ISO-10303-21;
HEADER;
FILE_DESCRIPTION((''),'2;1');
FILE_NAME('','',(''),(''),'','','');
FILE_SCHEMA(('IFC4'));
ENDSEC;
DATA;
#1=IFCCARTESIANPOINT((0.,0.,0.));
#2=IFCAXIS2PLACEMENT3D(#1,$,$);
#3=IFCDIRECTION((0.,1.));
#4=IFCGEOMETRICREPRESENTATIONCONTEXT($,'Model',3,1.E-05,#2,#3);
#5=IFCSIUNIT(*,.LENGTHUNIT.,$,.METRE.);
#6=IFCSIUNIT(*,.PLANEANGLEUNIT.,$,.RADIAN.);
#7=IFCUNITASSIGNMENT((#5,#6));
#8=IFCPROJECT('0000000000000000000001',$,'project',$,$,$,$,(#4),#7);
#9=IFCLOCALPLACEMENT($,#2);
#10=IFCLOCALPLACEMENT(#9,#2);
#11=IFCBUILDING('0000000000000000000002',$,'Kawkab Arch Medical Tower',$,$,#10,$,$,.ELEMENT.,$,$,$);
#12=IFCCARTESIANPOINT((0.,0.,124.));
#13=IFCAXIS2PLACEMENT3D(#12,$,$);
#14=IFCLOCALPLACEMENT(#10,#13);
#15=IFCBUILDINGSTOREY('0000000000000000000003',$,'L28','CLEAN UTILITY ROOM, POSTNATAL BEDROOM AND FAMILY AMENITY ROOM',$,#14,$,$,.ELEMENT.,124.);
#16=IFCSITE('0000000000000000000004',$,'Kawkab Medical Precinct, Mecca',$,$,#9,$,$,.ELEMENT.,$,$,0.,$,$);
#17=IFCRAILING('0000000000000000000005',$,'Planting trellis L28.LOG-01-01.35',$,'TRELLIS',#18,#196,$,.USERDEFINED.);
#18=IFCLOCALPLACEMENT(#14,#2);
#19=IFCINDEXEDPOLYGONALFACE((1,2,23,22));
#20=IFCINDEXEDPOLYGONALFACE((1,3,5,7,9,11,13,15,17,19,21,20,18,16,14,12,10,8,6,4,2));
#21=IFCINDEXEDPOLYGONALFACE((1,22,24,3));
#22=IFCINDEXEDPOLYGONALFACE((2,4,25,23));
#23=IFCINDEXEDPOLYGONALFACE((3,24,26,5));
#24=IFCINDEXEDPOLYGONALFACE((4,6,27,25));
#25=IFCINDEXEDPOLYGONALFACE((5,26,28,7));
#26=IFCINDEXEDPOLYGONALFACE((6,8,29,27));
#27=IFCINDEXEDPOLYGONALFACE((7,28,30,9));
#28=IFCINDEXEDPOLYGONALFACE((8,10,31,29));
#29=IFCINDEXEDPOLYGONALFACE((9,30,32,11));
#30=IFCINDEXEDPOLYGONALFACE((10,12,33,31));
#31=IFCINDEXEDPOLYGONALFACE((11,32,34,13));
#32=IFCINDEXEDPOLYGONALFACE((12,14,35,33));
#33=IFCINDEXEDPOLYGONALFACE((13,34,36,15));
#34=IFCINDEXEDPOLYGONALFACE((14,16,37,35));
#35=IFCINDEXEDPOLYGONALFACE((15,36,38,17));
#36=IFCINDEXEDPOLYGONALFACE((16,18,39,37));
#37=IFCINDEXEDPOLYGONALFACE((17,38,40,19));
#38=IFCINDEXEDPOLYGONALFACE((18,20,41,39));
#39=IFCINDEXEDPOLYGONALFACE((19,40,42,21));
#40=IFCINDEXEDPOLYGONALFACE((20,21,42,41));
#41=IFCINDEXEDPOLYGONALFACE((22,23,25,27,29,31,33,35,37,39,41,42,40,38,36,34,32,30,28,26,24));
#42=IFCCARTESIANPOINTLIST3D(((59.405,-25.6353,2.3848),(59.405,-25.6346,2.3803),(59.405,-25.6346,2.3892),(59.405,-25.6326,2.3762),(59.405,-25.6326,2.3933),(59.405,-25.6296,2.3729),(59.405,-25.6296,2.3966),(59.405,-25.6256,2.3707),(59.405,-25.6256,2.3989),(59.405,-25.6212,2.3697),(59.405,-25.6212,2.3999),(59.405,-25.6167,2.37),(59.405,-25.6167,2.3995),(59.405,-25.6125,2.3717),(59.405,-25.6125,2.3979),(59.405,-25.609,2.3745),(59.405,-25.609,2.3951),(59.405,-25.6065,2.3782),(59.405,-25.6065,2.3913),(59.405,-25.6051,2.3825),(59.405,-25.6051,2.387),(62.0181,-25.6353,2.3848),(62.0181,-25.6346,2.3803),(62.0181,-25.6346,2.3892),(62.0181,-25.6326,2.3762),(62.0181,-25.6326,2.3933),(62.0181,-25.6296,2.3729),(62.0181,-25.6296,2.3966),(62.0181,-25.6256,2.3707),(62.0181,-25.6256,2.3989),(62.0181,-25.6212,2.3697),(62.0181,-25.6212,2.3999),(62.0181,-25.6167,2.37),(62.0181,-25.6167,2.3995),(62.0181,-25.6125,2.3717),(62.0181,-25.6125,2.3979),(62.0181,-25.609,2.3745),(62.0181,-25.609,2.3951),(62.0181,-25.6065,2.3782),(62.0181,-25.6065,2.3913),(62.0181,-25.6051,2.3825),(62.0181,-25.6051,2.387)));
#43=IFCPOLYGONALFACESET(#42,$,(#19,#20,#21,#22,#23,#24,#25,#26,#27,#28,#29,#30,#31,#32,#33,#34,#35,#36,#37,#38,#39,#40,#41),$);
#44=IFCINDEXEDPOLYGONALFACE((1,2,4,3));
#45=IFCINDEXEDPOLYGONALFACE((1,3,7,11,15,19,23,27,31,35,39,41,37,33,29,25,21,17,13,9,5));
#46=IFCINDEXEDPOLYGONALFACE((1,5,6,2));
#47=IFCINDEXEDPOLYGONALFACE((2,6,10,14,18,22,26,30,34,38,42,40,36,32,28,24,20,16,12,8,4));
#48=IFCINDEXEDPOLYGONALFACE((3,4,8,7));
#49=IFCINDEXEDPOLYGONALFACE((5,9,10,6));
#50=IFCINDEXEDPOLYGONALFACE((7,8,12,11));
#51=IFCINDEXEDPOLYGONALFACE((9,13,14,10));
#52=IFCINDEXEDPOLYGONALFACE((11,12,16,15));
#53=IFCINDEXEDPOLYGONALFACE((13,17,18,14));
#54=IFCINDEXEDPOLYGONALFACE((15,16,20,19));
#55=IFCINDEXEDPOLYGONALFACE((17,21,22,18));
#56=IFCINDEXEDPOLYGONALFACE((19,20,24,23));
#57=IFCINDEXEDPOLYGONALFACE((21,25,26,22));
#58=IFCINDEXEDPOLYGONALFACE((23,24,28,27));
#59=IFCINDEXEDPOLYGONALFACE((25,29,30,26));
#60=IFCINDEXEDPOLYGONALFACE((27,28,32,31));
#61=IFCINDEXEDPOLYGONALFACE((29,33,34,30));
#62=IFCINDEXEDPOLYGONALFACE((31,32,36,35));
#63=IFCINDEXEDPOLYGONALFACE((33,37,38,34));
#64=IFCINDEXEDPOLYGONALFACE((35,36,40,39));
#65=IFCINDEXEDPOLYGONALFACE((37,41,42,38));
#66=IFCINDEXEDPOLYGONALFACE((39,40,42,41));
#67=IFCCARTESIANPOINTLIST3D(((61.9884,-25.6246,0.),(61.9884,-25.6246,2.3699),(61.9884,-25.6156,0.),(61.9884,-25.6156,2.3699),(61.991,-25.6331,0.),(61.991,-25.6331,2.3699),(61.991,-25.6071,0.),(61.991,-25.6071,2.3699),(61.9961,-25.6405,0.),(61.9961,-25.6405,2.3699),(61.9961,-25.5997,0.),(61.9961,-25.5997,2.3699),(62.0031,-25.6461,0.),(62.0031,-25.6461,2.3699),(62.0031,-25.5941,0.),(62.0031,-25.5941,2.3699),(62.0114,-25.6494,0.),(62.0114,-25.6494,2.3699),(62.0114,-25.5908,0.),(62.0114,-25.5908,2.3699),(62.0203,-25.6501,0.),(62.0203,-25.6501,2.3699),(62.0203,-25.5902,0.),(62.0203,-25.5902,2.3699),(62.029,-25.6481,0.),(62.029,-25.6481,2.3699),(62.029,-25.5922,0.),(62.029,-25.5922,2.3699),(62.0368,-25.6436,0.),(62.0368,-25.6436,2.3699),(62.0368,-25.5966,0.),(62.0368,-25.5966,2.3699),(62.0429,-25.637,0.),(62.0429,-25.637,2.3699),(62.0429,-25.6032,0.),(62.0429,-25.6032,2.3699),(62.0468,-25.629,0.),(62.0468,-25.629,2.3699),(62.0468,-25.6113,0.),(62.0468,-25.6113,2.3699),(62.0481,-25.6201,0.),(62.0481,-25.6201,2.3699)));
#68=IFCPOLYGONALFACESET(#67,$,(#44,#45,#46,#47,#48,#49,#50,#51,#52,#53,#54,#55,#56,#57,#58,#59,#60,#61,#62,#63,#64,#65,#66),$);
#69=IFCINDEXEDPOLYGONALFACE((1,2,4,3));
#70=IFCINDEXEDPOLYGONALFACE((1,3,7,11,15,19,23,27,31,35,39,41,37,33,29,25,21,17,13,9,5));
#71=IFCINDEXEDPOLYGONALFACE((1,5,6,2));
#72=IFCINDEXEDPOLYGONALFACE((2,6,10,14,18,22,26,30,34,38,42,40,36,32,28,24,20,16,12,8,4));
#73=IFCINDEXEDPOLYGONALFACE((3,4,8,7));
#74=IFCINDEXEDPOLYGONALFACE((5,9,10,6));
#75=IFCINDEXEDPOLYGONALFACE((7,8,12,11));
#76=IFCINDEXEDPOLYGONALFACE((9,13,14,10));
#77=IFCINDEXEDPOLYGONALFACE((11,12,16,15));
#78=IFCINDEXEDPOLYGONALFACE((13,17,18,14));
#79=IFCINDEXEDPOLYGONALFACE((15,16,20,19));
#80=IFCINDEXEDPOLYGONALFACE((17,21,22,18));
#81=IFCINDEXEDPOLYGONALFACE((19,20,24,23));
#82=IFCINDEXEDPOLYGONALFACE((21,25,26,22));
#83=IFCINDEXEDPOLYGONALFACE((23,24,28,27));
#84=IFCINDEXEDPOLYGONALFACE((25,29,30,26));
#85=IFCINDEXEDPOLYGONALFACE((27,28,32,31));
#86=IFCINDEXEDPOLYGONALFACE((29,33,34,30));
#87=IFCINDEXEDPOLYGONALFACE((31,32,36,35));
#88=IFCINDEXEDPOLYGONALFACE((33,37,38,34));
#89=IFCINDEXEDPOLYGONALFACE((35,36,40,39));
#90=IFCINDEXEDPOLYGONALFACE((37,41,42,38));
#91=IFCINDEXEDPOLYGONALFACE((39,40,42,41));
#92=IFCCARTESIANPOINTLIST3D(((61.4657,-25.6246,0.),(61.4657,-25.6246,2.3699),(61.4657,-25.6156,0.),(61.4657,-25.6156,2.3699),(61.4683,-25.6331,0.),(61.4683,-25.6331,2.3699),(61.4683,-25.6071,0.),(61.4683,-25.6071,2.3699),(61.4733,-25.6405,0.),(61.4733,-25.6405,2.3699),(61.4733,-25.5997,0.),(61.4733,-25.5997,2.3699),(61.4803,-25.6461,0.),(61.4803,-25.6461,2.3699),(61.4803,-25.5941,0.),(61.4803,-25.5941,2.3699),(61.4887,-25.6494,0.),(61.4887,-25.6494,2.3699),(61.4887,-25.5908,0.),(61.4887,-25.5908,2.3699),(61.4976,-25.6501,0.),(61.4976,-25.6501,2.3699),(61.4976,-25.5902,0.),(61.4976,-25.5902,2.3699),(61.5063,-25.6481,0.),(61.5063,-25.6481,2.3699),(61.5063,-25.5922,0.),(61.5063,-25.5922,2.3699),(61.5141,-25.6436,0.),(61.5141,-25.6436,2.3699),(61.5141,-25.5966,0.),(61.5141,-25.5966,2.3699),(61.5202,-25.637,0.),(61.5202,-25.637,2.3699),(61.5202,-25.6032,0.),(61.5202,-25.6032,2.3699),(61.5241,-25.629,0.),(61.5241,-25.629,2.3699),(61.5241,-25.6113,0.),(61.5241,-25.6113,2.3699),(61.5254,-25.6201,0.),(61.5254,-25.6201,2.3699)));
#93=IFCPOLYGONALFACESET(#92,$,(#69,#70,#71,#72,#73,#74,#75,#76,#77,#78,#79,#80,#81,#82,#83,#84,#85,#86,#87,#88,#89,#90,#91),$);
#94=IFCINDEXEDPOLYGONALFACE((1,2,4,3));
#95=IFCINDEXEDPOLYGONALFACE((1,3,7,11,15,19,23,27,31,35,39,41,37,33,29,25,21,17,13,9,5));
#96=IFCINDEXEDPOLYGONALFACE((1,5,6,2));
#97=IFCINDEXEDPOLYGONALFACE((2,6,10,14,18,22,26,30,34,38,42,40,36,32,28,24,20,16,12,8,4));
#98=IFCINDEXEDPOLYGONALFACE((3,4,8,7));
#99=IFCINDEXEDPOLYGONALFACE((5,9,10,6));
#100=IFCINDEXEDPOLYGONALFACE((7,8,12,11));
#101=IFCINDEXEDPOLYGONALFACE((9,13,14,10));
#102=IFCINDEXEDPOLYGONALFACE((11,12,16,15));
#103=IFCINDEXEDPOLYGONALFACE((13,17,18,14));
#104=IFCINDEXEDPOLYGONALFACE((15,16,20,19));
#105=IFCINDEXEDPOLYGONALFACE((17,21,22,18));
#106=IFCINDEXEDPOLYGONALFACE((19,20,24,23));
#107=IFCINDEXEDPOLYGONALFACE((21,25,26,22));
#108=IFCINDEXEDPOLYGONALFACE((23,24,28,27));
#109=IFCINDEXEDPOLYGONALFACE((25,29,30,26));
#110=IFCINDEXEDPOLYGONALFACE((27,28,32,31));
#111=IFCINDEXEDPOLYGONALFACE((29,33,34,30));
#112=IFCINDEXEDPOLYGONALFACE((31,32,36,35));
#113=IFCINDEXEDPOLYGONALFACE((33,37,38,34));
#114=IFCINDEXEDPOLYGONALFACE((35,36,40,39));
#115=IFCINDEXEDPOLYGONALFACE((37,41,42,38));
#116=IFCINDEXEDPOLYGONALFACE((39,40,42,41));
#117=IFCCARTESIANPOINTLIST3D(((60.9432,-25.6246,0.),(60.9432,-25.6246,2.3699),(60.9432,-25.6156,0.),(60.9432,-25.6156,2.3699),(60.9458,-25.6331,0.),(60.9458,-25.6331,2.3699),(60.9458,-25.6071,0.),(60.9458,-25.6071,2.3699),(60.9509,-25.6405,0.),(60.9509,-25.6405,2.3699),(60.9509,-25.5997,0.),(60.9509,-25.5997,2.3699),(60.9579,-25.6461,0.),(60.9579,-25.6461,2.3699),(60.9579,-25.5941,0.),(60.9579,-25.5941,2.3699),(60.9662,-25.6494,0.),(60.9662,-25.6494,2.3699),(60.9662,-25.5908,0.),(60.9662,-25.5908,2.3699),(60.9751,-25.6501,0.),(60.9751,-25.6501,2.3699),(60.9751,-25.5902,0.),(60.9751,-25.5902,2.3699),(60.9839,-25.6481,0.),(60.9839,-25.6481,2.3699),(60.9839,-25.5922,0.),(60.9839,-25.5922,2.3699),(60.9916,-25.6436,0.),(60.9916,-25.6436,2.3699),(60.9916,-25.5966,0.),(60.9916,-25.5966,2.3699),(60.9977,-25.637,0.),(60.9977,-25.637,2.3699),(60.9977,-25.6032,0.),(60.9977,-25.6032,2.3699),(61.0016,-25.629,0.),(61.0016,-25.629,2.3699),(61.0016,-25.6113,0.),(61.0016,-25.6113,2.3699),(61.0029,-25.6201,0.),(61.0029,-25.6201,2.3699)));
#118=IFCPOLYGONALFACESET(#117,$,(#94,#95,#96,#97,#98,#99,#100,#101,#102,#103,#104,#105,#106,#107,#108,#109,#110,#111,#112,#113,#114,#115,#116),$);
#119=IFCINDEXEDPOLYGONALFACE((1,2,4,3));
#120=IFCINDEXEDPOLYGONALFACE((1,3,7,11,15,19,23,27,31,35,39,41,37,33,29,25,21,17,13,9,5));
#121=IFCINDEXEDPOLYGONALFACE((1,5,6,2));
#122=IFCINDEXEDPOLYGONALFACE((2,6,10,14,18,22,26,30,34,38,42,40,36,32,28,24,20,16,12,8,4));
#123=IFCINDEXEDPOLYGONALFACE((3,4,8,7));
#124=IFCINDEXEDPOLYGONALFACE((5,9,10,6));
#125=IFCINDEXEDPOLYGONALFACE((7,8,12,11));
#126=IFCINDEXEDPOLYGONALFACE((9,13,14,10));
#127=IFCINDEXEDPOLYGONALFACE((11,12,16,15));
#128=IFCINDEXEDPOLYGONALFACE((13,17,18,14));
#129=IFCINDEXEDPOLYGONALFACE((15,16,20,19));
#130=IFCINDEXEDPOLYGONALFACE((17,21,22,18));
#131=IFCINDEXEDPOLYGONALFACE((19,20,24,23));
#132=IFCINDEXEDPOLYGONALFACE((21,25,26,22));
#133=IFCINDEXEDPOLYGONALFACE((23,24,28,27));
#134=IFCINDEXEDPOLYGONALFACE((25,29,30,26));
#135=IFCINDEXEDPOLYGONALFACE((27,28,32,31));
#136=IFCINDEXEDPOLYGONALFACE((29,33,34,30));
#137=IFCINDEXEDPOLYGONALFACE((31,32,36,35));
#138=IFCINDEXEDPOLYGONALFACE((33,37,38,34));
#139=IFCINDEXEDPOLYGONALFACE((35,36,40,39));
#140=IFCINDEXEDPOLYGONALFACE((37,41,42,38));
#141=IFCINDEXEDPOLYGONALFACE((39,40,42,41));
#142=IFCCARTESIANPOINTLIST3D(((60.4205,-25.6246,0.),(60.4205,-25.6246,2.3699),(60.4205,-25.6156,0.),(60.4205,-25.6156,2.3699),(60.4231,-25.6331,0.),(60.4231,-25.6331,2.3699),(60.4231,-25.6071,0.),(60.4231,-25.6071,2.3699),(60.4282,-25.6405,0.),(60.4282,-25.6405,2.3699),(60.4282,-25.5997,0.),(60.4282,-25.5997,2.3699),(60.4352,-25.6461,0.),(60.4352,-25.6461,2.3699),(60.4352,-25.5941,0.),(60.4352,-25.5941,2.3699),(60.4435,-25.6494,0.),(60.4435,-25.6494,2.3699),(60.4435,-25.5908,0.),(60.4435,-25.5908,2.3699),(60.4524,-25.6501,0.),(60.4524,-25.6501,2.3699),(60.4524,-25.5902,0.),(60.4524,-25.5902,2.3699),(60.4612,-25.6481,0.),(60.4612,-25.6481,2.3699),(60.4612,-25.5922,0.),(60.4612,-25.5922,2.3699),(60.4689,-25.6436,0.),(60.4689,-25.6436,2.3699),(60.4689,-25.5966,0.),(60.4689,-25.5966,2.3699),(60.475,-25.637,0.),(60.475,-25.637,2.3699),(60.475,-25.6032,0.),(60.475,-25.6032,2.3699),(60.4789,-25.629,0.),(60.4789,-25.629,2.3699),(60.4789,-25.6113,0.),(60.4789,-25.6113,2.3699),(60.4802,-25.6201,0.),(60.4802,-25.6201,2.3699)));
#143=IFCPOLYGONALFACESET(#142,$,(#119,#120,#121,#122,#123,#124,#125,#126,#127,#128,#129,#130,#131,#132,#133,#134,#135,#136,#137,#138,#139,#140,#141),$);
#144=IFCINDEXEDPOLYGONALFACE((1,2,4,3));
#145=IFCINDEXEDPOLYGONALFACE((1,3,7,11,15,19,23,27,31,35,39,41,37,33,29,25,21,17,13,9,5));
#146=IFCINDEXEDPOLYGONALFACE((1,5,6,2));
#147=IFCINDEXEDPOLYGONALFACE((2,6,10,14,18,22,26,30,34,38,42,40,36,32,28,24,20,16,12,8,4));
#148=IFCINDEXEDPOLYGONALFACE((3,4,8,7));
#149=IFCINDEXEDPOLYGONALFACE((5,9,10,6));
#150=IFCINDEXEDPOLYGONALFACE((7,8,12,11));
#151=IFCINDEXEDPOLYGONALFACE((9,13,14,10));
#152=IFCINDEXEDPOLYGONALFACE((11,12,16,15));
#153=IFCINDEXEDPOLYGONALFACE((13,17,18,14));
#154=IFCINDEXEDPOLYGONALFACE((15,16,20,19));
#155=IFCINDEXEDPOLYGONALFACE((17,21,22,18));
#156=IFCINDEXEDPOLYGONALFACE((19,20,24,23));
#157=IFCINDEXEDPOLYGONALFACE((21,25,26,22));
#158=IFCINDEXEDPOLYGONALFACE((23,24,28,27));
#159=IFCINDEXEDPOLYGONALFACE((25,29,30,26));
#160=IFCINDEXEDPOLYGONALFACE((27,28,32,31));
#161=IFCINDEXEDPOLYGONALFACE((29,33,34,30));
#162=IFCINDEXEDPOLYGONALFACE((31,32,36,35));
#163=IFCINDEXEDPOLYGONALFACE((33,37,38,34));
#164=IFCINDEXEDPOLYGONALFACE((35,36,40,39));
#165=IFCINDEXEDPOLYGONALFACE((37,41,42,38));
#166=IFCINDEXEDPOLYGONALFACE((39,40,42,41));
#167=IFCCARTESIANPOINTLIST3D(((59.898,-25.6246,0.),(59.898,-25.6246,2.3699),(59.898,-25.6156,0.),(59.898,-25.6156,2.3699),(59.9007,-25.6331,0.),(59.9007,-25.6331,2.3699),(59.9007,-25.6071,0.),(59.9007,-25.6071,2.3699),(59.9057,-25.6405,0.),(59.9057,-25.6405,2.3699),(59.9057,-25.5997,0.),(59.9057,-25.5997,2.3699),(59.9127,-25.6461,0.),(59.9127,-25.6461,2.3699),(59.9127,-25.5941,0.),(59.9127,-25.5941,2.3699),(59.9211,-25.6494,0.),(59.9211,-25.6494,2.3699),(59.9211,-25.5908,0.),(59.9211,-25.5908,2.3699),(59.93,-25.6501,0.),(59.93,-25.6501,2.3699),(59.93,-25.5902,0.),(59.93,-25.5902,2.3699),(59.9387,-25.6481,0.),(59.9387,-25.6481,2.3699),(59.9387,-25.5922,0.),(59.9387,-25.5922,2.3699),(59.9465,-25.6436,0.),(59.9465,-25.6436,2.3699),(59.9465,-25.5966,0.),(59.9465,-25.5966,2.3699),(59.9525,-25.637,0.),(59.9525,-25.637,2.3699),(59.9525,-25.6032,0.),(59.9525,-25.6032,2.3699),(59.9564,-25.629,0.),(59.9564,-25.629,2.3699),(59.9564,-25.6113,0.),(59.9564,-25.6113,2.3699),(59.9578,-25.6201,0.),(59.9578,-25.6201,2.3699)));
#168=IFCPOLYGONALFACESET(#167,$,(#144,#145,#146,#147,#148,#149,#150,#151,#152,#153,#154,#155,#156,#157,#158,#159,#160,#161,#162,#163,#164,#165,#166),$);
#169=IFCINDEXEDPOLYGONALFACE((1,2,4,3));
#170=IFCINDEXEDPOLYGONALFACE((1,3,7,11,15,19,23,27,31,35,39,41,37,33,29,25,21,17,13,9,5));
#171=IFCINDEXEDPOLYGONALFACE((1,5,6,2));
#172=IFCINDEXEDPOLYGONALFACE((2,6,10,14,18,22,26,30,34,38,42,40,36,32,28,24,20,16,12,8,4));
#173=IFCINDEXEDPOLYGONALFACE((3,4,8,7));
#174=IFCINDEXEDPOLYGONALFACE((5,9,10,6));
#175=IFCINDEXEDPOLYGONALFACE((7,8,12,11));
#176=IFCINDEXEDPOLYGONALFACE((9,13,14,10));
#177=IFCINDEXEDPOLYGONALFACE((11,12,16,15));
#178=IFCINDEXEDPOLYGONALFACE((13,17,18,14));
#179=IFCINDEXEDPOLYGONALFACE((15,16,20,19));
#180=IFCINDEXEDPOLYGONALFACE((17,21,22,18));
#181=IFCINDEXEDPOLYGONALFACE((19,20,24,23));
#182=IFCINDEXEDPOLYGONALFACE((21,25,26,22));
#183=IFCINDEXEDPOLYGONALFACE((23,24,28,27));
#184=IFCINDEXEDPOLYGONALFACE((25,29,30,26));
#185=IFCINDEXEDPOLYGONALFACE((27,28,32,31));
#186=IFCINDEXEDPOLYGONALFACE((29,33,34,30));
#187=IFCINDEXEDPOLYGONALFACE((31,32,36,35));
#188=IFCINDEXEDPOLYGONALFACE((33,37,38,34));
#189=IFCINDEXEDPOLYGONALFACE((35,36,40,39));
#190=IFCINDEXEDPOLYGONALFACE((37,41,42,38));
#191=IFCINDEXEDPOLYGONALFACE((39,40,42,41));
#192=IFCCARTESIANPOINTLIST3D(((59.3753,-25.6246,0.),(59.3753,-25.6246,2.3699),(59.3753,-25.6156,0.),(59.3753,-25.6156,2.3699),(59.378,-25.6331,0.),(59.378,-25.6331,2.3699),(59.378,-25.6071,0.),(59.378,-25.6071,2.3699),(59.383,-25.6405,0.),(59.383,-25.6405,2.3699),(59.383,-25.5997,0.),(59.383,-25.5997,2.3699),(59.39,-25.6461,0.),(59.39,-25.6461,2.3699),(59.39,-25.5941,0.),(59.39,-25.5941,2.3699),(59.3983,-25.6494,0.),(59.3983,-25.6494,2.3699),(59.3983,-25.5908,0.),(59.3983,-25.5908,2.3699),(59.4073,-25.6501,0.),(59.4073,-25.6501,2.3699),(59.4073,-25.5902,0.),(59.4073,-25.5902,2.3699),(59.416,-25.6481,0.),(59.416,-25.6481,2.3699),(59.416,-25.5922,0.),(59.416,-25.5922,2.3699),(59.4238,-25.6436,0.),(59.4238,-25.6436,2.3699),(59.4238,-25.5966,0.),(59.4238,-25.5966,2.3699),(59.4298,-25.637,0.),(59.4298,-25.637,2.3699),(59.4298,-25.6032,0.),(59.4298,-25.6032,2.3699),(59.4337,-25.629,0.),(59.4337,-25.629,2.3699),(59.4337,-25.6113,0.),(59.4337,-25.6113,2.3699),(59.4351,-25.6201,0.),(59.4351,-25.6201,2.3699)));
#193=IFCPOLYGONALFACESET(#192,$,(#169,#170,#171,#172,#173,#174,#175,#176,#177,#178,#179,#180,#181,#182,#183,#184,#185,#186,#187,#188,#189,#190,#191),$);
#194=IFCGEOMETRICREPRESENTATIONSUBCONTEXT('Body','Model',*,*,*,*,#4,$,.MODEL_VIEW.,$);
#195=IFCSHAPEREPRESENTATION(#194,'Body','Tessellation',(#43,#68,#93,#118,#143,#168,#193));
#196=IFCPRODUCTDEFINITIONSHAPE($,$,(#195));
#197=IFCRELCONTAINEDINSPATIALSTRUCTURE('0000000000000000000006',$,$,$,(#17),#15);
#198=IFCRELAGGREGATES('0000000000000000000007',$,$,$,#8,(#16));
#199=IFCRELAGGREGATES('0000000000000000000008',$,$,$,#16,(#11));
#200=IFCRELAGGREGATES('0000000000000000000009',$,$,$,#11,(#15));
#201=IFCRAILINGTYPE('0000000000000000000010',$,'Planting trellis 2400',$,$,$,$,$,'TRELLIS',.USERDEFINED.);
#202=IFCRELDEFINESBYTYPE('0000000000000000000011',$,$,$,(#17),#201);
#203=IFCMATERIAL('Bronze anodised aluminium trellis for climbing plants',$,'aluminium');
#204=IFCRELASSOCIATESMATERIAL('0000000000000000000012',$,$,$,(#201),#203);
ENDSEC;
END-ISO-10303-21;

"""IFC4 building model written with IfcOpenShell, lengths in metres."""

from ifc_helpers import new_model, si_unit, direction, frame, origin, origin_2d, place, context, subcontext, project, spatial, circle, extrude, material, type_object, element, save


model = new_model("IFC4")

# Units and contexts
model_context = context("Model", 3, precision=1e-05, world=origin(), true_north=direction((0.0, 1.0)))
body_context = subcontext(model_context, "Body", "Model", "MODEL_VIEW")
ifc_project = project(units=[si_unit("LENGTHUNIT", "METRE"), si_unit("PLANEANGLEUNIT", "RADIAN")], contexts=[model_context])

# Site, building, storey
site_placement = place(None, origin())
site = spatial("IfcSite", under=ifc_project, at=site_placement, Name="Kawkab Medical Precinct, Mecca", CompositionType="ELEMENT", RefElevation=0.0)
building_placement = place(site_placement, origin())
building = spatial("IfcBuilding", under=site, at=building_placement, Name="Kawkab Arch Medical Tower", CompositionType="ELEMENT")
storey_placement = place(building_placement, frame((0.0, 0.0, 124.0)))
storey = spatial("IfcBuildingStorey", under=building, at=storey_placement, Name="L28", Description="CLEAN UTILITY ROOM, POSTNATAL BEDROOM AND FAMILY AMENITY ROOM", CompositionType="ELEMENT", Elevation=124.0)

# Railing
ifc_material_1 = material(Name="Bronze anodised aluminium trellis for climbing plants", Category="aluminium")
railing_type = type_object("IfcRailingType", Name="Planting trellis 2400", ElementType="TRELLIS", PredefinedType="USERDEFINED", material=ifc_material_1)
railing_1_placement = place(storey_placement, frame((62.0181, -25.6201, 0.0)))
element("IfcRailing", 1, at=railing_1_placement, inside=storey, type_object=railing_type, Name="Planting trellis L28.LOG-01-01.35", ObjectType="TRELLIS", PredefinedType="USERDEFINED", context=body_context, shape_type="SweptSolid", body=[
    extrude(circle(Radius=0.0151, at=origin_2d()), frame((0.0, 0.0, 2.3848), z_axis=(-1.0, 0.0, 0.0), x_axis=(0.0, -1.0, 0.0)), (0.0, 0.0, 1.0), 2.613),
    extrude(circle(Radius=0.03, at=origin_2d()), origin(), (0.0, 0.0, 1.0), 2.3699),
    extrude(circle(Radius=0.03, at=origin_2d()), frame((-0.5227, 0.0, 0.0)), (0.0, 0.0, 1.0), 2.3699),
    extrude(circle(Radius=0.03, at=origin_2d()), frame((-1.0452, 0.0, 0.0)), (0.0, 0.0, 1.0), 2.3699),
    extrude(circle(Radius=0.03, at=origin_2d()), frame((-1.5679, 0.0, 0.0)), (0.0, 0.0, 1.0), 2.3699),
    extrude(circle(Radius=0.03, at=origin_2d()), frame((-2.0903, 0.0, 0.0)), (0.0, 0.0, 1.0), 2.3699),
    extrude(circle(Radius=0.03, at=origin_2d()), frame((-2.613, 0.0, 0.0)), (0.0, 0.0, 1.0), 2.3699),
])

save(model, "model.ifc")
